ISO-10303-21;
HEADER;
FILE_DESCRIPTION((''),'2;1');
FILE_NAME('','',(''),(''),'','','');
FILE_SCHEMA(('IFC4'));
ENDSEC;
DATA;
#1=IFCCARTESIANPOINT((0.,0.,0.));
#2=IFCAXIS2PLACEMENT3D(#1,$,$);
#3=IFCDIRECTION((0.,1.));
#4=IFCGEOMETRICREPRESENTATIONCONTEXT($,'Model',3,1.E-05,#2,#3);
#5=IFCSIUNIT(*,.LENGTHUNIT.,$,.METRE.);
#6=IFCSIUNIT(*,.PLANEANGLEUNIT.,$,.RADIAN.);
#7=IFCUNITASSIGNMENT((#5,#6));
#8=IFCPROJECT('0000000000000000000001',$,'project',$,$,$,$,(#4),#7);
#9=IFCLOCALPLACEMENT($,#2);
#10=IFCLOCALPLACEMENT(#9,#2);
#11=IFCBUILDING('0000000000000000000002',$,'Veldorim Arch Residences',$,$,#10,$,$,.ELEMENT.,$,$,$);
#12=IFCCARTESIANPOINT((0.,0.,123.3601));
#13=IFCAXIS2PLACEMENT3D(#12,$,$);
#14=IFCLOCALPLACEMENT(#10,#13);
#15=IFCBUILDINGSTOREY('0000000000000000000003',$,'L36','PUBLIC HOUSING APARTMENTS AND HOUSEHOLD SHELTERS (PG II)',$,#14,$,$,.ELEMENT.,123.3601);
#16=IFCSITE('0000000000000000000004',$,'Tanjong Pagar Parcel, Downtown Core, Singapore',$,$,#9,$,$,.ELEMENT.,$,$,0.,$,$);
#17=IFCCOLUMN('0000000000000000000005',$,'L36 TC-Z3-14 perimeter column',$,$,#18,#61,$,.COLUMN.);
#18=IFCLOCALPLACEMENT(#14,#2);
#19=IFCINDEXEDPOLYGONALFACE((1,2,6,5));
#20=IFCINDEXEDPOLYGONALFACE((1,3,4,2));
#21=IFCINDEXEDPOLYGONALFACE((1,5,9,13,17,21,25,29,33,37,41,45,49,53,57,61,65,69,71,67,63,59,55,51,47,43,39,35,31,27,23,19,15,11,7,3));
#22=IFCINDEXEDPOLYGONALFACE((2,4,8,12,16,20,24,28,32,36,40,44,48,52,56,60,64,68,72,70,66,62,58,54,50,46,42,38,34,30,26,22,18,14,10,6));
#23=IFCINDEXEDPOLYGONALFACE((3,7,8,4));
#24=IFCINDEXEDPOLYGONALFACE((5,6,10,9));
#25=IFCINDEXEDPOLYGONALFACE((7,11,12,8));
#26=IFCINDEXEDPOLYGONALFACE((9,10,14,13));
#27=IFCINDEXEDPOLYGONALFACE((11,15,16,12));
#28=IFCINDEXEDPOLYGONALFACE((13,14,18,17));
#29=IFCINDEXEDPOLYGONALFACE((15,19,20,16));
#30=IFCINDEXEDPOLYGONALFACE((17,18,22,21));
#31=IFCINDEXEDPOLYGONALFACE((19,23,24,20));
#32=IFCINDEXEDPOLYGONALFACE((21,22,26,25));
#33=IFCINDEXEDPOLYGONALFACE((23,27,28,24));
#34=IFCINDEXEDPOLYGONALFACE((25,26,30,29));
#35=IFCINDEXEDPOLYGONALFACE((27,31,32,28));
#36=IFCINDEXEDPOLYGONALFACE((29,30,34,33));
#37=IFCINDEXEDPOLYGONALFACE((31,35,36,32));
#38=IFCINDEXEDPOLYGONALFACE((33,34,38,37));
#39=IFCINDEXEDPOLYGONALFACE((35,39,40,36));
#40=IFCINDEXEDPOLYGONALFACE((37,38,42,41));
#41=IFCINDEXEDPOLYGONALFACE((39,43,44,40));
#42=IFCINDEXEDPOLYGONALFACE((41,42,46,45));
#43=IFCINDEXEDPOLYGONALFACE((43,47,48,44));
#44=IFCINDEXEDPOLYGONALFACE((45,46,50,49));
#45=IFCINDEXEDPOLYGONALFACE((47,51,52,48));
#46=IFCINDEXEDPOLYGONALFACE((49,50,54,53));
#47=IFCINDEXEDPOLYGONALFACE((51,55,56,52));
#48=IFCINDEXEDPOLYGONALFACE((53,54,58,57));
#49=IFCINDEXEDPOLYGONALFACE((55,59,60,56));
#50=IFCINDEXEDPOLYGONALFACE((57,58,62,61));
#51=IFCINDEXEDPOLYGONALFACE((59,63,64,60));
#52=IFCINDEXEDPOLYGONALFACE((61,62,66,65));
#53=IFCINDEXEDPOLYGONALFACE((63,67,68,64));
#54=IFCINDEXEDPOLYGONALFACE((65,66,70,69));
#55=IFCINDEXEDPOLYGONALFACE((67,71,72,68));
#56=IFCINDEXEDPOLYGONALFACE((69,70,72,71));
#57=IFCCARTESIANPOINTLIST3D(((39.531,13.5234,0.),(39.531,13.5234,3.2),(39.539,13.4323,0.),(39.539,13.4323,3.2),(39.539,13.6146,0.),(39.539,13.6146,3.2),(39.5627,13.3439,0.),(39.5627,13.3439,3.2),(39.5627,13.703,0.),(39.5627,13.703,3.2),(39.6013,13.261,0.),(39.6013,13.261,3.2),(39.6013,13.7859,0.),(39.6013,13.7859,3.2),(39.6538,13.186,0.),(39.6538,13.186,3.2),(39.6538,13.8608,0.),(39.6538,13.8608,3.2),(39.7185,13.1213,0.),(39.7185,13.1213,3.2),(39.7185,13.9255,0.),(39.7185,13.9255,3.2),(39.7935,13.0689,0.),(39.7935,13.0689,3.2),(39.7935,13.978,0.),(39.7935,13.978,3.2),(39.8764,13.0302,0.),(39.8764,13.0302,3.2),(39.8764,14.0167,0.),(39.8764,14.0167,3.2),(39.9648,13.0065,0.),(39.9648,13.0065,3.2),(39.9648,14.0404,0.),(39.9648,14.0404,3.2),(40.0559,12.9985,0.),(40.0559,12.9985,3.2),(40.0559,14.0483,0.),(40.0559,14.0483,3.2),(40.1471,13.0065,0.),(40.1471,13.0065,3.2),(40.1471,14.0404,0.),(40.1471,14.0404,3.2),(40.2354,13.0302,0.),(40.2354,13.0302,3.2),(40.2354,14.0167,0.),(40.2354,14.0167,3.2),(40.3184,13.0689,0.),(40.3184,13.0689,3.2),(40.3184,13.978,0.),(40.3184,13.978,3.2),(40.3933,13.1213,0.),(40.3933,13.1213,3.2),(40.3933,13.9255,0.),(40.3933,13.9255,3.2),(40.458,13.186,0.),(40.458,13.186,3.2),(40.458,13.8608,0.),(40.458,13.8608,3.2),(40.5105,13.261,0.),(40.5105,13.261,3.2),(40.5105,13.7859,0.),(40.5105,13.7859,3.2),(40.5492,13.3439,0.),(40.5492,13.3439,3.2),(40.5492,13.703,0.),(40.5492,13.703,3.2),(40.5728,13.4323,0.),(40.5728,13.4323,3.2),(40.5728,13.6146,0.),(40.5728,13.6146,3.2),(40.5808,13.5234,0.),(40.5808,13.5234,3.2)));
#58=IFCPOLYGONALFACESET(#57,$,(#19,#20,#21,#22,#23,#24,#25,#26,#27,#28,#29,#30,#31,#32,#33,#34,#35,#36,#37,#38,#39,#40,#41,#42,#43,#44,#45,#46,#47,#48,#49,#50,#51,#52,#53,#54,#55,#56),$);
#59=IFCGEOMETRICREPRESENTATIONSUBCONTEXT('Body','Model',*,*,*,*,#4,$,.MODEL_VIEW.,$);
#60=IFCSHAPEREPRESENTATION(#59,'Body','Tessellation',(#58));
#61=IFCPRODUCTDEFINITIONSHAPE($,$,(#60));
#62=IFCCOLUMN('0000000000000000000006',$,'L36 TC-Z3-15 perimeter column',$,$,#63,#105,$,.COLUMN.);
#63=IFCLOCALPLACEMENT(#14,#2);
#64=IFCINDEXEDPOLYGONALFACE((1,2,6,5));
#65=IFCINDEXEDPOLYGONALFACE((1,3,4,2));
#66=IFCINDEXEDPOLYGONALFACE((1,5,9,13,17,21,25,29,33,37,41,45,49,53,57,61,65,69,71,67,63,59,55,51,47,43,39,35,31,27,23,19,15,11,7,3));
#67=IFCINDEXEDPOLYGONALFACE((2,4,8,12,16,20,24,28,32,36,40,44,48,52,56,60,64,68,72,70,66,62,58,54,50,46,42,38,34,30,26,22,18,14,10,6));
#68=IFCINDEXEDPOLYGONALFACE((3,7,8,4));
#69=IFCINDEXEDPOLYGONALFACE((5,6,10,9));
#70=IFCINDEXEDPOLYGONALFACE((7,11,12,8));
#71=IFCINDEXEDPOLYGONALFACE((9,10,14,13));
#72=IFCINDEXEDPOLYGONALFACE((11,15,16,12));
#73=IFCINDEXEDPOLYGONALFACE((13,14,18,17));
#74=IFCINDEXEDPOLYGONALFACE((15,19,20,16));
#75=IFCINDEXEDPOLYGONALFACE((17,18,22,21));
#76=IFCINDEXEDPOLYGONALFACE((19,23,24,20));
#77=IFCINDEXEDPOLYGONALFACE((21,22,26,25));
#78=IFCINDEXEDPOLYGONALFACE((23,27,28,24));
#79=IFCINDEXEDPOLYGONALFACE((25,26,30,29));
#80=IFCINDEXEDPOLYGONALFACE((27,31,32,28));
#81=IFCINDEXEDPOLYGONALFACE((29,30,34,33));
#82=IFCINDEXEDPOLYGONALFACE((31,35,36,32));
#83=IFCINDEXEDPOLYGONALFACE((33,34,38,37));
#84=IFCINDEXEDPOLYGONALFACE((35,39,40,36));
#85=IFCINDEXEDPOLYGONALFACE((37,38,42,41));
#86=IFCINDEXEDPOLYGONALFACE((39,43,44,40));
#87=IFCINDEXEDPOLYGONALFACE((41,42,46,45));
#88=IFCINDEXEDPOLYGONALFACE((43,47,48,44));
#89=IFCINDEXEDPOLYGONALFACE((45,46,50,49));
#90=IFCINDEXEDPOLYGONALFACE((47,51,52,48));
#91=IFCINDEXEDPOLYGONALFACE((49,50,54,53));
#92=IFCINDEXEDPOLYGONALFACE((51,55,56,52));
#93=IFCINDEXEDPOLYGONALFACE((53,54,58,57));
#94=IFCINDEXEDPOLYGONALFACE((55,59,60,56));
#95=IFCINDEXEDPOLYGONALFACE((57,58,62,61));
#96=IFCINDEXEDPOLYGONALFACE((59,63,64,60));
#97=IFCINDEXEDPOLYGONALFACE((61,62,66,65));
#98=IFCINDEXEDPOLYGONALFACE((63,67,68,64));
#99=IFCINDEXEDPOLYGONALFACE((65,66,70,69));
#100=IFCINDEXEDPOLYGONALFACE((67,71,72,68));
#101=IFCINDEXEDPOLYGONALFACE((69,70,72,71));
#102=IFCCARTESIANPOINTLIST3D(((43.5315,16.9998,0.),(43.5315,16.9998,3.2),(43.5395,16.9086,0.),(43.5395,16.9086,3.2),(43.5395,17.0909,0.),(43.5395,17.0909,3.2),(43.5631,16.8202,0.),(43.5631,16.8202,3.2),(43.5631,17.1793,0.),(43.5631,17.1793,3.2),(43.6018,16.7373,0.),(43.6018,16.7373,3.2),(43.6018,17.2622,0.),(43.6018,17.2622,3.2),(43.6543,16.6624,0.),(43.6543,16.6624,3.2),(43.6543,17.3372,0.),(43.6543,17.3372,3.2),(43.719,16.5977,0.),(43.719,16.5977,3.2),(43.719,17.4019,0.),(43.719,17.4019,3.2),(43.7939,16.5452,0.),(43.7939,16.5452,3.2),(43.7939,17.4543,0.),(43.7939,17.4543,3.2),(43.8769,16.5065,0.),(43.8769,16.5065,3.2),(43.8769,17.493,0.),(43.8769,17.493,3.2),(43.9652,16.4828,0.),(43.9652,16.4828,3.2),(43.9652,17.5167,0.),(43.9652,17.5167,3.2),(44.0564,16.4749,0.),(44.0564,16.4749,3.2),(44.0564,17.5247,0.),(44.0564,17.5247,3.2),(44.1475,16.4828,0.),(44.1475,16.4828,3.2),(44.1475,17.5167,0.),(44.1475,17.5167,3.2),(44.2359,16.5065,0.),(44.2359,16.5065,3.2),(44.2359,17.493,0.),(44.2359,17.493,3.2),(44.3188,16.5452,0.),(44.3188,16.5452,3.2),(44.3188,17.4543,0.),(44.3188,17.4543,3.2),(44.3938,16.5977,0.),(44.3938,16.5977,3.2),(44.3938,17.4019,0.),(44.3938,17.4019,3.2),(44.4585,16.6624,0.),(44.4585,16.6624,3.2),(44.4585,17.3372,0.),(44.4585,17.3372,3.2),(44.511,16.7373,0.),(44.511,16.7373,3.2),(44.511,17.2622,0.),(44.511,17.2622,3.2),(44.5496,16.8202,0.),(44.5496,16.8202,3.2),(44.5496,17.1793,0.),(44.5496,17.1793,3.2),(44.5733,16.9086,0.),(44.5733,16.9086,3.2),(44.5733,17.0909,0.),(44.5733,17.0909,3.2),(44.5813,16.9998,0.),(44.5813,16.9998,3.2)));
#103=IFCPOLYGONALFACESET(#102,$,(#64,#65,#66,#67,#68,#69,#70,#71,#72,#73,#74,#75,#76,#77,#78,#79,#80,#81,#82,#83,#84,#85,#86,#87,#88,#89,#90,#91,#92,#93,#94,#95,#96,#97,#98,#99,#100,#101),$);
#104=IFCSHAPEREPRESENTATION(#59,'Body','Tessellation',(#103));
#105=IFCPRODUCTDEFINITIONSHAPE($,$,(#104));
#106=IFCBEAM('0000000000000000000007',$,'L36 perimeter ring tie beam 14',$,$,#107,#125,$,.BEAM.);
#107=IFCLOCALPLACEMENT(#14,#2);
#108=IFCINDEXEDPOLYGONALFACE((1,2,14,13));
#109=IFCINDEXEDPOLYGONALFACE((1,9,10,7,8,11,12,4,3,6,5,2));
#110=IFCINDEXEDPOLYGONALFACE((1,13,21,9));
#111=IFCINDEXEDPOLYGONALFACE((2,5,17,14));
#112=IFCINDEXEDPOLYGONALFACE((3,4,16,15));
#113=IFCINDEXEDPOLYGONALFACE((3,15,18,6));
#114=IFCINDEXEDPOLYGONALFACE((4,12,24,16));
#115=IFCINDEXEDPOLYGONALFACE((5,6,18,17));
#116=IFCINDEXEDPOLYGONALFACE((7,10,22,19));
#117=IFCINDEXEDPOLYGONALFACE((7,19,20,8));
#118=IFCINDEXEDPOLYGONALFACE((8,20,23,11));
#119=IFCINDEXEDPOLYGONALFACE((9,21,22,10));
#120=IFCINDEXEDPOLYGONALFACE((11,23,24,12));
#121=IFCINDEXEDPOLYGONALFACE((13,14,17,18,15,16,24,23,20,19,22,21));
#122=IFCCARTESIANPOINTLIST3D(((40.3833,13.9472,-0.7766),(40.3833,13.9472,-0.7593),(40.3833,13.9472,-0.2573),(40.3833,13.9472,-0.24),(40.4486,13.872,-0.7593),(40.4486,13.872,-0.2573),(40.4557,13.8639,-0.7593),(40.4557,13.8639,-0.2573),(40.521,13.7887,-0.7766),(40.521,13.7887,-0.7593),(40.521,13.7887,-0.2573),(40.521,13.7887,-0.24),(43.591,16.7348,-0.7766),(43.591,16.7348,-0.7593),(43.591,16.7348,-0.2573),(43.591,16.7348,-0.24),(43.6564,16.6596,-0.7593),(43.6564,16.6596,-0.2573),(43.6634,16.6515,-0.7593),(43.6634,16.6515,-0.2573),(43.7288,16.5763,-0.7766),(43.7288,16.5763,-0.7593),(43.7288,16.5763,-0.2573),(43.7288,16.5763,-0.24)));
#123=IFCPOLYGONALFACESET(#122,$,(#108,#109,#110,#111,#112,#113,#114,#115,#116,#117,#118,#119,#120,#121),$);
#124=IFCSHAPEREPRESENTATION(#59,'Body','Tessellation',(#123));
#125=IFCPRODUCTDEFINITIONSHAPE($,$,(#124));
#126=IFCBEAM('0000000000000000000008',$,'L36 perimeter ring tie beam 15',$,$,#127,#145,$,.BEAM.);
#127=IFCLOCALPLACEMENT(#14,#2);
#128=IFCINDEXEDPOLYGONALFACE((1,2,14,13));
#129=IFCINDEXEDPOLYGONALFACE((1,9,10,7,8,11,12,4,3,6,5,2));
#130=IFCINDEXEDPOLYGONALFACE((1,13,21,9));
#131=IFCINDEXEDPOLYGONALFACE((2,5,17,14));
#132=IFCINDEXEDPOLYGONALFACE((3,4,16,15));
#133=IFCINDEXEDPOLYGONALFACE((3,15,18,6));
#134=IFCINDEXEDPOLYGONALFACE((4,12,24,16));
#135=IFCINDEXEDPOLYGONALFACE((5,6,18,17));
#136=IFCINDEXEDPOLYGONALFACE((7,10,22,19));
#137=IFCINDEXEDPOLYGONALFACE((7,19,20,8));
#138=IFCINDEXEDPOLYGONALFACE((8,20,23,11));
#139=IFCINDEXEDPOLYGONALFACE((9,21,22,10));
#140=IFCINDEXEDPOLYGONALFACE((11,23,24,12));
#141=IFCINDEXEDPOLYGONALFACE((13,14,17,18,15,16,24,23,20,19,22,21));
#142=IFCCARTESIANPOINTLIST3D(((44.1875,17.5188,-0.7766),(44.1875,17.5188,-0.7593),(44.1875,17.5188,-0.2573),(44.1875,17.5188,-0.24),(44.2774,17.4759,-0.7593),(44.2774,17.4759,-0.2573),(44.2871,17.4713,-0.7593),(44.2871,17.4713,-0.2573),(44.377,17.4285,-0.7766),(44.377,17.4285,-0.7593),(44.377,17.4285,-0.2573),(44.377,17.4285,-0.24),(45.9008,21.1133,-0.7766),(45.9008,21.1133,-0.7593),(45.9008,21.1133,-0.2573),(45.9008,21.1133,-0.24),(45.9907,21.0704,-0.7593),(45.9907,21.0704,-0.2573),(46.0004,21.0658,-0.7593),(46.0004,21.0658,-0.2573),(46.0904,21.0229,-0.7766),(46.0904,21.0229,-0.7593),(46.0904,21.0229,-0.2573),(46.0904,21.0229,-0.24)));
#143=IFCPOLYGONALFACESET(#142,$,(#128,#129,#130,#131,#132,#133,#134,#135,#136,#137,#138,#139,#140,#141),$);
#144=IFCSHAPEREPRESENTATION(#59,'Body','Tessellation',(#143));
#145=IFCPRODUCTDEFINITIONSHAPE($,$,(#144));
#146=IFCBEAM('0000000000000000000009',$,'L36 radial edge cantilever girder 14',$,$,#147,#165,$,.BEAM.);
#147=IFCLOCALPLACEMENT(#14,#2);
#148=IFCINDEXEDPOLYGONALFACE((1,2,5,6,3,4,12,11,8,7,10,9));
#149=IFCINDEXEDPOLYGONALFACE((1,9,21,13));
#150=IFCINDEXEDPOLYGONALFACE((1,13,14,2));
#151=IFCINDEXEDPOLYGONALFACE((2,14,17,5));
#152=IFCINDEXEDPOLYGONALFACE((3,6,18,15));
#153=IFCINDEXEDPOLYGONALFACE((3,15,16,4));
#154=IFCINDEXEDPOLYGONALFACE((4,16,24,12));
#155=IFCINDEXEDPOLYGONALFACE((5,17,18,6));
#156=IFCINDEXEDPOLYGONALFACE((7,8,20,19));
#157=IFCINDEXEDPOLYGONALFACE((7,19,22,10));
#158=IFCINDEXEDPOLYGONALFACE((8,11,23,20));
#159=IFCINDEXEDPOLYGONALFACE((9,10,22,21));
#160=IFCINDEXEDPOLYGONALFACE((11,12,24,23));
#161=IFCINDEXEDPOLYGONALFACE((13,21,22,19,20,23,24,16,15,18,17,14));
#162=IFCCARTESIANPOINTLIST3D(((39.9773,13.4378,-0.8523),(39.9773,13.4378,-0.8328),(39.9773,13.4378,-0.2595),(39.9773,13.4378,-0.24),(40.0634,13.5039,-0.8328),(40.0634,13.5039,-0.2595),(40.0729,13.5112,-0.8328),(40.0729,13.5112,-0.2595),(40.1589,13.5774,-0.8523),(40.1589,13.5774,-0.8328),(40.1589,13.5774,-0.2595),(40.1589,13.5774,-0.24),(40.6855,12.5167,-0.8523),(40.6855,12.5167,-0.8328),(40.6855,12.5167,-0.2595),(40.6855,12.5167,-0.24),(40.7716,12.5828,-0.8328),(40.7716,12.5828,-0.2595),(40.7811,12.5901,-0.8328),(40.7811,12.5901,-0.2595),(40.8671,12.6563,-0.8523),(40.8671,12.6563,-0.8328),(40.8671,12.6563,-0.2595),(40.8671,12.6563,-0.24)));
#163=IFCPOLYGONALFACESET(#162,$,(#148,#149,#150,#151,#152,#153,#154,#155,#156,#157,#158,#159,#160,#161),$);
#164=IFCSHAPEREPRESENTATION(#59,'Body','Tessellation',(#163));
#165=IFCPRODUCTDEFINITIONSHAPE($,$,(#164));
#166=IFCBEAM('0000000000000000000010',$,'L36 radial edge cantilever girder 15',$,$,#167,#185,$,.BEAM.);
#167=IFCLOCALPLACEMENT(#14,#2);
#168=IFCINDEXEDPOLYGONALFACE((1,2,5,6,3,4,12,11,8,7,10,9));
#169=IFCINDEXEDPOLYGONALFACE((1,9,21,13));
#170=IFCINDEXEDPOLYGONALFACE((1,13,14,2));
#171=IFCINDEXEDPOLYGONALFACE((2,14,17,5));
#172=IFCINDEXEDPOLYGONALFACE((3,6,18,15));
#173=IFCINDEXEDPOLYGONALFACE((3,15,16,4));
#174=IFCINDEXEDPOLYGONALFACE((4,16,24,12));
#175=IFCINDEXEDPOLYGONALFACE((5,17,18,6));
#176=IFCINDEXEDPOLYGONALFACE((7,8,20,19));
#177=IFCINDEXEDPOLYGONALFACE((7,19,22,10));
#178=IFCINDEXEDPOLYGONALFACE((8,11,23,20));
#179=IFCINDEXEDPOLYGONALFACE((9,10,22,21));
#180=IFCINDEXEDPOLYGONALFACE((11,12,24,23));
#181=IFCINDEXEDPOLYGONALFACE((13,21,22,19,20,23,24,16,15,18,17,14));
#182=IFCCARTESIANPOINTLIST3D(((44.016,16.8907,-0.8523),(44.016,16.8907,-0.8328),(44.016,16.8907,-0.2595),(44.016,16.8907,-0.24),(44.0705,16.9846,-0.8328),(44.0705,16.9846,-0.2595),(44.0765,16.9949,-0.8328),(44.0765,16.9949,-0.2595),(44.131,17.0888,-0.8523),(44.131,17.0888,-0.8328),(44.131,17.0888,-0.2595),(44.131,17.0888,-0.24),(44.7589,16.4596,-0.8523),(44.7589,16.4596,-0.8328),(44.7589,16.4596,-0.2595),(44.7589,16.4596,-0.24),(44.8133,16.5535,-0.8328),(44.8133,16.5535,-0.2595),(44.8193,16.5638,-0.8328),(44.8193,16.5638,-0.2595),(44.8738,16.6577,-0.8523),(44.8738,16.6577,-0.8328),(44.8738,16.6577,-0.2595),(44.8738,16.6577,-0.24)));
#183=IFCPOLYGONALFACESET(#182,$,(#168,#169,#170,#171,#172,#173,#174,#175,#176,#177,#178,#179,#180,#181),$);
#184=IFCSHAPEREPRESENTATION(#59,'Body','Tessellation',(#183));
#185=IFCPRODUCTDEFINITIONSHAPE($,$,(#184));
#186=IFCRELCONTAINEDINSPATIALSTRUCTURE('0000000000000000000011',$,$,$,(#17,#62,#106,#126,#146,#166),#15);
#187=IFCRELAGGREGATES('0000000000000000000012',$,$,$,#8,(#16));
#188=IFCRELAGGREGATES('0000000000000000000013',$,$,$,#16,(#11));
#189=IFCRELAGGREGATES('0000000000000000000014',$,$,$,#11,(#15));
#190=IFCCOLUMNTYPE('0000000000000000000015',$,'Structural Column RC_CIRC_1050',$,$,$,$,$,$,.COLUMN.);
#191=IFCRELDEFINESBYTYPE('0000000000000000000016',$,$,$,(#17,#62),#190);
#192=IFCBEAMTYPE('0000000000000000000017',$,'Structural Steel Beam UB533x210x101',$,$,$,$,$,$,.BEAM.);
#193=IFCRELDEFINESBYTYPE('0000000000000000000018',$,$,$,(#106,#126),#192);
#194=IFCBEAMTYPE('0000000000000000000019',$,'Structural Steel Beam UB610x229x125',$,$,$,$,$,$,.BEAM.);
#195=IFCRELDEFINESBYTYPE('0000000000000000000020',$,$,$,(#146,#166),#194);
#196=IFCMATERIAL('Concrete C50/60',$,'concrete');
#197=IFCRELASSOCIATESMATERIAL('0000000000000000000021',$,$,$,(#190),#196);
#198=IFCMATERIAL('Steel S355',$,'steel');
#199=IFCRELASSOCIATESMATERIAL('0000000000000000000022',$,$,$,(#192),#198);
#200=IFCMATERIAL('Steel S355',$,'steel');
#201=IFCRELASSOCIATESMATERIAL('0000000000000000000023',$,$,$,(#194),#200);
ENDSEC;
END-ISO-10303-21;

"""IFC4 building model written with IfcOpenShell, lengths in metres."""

from ifc_helpers import new_model, si_unit, direction, frame, origin, origin_2d, place, context, subcontext, project, spatial, circle, i_section, extrude, material, material_profile, profile_set, type_object, element, save


model = new_model("IFC4")

# Units and contexts
model_context = context("Model", 3, precision=1e-05, world=origin(), true_north=direction((0.0, 1.0)))
body_context = subcontext(model_context, "Body", "Model", "MODEL_VIEW")
ifc_project = project(units=[si_unit("LENGTHUNIT", "METRE"), si_unit("PLANEANGLEUNIT", "RADIAN")], contexts=[model_context])

# Site, building, storey
site_placement = place(None, origin())
site = spatial("IfcSite", under=ifc_project, at=site_placement, Name="Tanjong Pagar Parcel, Downtown Core, Singapore", CompositionType="ELEMENT", RefElevation=0.0)
building_placement = place(site_placement, origin())
building = spatial("IfcBuilding", under=site, at=building_placement, Name="Veldorim Arch Residences", CompositionType="ELEMENT")
storey_placement = place(building_placement, frame((0.0, 0.0, 123.3601)))
storey = spatial("IfcBuildingStorey", under=building, at=storey_placement, Name="L36", Description="PUBLIC HOUSING APARTMENTS AND HOUSEHOLD SHELTERS (PG II)", CompositionType="ELEMENT", Elevation=123.3601)

# Columns
ifc_material_1 = material(Name="Concrete C50/60", Category="concrete")
ifc_material_profile_1 = material_profile(ifc_material_1, circle(Radius=0.5249, at=origin_2d()), Name="RC_CIRC_1050")
ifc_profile_set_1 = profile_set([ifc_material_profile_1], Name="Concrete C50/60")
column_type = type_object("IfcColumnType", Name="Structural Column RC_CIRC_1050", PredefinedType="COLUMN", material=ifc_profile_set_1)
for number, where, z_axis, x_axis, name in (
    (1, (40.0559, 13.5234, 0.0), (0.0, 0.0, 1.0), (1.0, 0.0, 0.0), "L36 TC-Z3-14 perimeter column"),
    (2, (44.0564, 16.9998, 0.0), (0.0, 0.0, 1.0), (1.0, 0.0, 0.0), "L36 TC-Z3-15 perimeter column"),
):
    element("IfcColumn", number, at=place(storey_placement, frame(where, z_axis=z_axis, x_axis=x_axis)), inside=storey, type_object=column_type, Name=name, PredefinedType="COLUMN", context=body_context, shape_type="SweptSolid", body=[
        extrude(circle(Radius=0.5249, at=origin_2d()), origin(), (0.0, 0.0, 1.0), 3.2),
    ])

# Beams
ifc_material_2 = material(Name="Steel S355", Category="steel")
ifc_material_profile_2 = material_profile(ifc_material_2, i_section(OverallWidth=0.21, OverallDepth=0.5366, WebThickness=0.0107, FlangeThickness=0.0173, at=origin_2d()), Name="UB533x210x101")
ifc_profile_set_2 = profile_set([ifc_material_profile_2], Name="Steel S355")
beam_type_1 = type_object("IfcBeamType", Name="Structural Steel Beam UB533x210x101", PredefinedType="BEAM", material=ifc_profile_set_2)
beam_1_placement = place(storey_placement, frame((40.4521, 13.8679, -0.5083), z_axis=(0.754811, 0.655943, 0.0), x_axis=(-0.655943, 0.754811, 0.0)))
element("IfcBeam", 3, at=beam_1_placement, inside=storey, type_object=beam_type_1, Name="L36 perimeter ring tie beam 14", PredefinedType="BEAM", context=body_context, shape_type="SweptSolid", body=[
    extrude(i_section(OverallWidth=0.21, OverallDepth=0.5366, WebThickness=0.0107, FlangeThickness=0.0173, at=origin_2d()), origin(), (0.0, 0.0, 1.0), 4.2498),
])
beam_2_placement = place(storey_placement, frame((44.2822, 17.4736, -0.5083), z_axis=(0.430286, 0.902693, 0.0), x_axis=(-0.902693, 0.430286, 0.0)))
element("IfcBeam", 4, at=beam_2_placement, inside=storey, type_object=beam_type_1, Name="L36 perimeter ring tie beam 15", PredefinedType="BEAM", context=body_context, shape_type="SweptSolid", body=[
    extrude(i_section(OverallWidth=0.21, OverallDepth=0.5366, WebThickness=0.0107, FlangeThickness=0.0173, at=origin_2d()), origin(), (0.0, 0.0, 1.0), 3.9819),
])
ifc_material_3 = material(Name="Steel S355", Category="steel")
ifc_material_profile_3 = material_profile(ifc_material_3, i_section(OverallWidth=0.229, OverallDepth=0.6123, WebThickness=0.012, FlangeThickness=0.0195, at=origin_2d()), Name="UB610x229x125")
ifc_profile_set_3 = profile_set([ifc_material_profile_3], Name="Steel S355")
beam_type_2 = type_object("IfcBeamType", Name="Structural Steel Beam UB610x229x125", PredefinedType="BEAM", material=ifc_profile_set_3)
beam_3_placement = place(storey_placement, frame((40.0681, 13.5076, -0.5461), z_axis=(0.609538, -0.792757, 0.0), x_axis=(0.792757, 0.609538, 0.0)))
element("IfcBeam", 5, at=beam_3_placement, inside=storey, type_object=beam_type_2, Name="L36 radial edge cantilever girder 14", PredefinedType="BEAM", context=body_context, shape_type="SweptSolid", body=[
    extrude(i_section(OverallWidth=0.229, OverallDepth=0.6123, WebThickness=0.012, FlangeThickness=0.0195, at=origin_2d()), origin(), (0.0, 0.0, 1.0), 1.1619),
])
beam_4_placement = place(storey_placement, frame((44.0735, 16.9897, -0.5461), z_axis=(0.8649, -0.501944, 0.0), x_axis=(0.501944, 0.8649, 0.0)))
element("IfcBeam", 6, at=beam_4_placement, inside=storey, type_object=beam_type_2, Name="L36 radial edge cantilever girder 15", PredefinedType="BEAM", context=body_context, shape_type="SweptSolid", body=[
    extrude(i_section(OverallWidth=0.229, OverallDepth=0.6123, WebThickness=0.012, FlangeThickness=0.0195, at=origin_2d()), origin(), (0.0, 0.0, 1.0), 0.8589),
])

save(model, "model.ifc")
